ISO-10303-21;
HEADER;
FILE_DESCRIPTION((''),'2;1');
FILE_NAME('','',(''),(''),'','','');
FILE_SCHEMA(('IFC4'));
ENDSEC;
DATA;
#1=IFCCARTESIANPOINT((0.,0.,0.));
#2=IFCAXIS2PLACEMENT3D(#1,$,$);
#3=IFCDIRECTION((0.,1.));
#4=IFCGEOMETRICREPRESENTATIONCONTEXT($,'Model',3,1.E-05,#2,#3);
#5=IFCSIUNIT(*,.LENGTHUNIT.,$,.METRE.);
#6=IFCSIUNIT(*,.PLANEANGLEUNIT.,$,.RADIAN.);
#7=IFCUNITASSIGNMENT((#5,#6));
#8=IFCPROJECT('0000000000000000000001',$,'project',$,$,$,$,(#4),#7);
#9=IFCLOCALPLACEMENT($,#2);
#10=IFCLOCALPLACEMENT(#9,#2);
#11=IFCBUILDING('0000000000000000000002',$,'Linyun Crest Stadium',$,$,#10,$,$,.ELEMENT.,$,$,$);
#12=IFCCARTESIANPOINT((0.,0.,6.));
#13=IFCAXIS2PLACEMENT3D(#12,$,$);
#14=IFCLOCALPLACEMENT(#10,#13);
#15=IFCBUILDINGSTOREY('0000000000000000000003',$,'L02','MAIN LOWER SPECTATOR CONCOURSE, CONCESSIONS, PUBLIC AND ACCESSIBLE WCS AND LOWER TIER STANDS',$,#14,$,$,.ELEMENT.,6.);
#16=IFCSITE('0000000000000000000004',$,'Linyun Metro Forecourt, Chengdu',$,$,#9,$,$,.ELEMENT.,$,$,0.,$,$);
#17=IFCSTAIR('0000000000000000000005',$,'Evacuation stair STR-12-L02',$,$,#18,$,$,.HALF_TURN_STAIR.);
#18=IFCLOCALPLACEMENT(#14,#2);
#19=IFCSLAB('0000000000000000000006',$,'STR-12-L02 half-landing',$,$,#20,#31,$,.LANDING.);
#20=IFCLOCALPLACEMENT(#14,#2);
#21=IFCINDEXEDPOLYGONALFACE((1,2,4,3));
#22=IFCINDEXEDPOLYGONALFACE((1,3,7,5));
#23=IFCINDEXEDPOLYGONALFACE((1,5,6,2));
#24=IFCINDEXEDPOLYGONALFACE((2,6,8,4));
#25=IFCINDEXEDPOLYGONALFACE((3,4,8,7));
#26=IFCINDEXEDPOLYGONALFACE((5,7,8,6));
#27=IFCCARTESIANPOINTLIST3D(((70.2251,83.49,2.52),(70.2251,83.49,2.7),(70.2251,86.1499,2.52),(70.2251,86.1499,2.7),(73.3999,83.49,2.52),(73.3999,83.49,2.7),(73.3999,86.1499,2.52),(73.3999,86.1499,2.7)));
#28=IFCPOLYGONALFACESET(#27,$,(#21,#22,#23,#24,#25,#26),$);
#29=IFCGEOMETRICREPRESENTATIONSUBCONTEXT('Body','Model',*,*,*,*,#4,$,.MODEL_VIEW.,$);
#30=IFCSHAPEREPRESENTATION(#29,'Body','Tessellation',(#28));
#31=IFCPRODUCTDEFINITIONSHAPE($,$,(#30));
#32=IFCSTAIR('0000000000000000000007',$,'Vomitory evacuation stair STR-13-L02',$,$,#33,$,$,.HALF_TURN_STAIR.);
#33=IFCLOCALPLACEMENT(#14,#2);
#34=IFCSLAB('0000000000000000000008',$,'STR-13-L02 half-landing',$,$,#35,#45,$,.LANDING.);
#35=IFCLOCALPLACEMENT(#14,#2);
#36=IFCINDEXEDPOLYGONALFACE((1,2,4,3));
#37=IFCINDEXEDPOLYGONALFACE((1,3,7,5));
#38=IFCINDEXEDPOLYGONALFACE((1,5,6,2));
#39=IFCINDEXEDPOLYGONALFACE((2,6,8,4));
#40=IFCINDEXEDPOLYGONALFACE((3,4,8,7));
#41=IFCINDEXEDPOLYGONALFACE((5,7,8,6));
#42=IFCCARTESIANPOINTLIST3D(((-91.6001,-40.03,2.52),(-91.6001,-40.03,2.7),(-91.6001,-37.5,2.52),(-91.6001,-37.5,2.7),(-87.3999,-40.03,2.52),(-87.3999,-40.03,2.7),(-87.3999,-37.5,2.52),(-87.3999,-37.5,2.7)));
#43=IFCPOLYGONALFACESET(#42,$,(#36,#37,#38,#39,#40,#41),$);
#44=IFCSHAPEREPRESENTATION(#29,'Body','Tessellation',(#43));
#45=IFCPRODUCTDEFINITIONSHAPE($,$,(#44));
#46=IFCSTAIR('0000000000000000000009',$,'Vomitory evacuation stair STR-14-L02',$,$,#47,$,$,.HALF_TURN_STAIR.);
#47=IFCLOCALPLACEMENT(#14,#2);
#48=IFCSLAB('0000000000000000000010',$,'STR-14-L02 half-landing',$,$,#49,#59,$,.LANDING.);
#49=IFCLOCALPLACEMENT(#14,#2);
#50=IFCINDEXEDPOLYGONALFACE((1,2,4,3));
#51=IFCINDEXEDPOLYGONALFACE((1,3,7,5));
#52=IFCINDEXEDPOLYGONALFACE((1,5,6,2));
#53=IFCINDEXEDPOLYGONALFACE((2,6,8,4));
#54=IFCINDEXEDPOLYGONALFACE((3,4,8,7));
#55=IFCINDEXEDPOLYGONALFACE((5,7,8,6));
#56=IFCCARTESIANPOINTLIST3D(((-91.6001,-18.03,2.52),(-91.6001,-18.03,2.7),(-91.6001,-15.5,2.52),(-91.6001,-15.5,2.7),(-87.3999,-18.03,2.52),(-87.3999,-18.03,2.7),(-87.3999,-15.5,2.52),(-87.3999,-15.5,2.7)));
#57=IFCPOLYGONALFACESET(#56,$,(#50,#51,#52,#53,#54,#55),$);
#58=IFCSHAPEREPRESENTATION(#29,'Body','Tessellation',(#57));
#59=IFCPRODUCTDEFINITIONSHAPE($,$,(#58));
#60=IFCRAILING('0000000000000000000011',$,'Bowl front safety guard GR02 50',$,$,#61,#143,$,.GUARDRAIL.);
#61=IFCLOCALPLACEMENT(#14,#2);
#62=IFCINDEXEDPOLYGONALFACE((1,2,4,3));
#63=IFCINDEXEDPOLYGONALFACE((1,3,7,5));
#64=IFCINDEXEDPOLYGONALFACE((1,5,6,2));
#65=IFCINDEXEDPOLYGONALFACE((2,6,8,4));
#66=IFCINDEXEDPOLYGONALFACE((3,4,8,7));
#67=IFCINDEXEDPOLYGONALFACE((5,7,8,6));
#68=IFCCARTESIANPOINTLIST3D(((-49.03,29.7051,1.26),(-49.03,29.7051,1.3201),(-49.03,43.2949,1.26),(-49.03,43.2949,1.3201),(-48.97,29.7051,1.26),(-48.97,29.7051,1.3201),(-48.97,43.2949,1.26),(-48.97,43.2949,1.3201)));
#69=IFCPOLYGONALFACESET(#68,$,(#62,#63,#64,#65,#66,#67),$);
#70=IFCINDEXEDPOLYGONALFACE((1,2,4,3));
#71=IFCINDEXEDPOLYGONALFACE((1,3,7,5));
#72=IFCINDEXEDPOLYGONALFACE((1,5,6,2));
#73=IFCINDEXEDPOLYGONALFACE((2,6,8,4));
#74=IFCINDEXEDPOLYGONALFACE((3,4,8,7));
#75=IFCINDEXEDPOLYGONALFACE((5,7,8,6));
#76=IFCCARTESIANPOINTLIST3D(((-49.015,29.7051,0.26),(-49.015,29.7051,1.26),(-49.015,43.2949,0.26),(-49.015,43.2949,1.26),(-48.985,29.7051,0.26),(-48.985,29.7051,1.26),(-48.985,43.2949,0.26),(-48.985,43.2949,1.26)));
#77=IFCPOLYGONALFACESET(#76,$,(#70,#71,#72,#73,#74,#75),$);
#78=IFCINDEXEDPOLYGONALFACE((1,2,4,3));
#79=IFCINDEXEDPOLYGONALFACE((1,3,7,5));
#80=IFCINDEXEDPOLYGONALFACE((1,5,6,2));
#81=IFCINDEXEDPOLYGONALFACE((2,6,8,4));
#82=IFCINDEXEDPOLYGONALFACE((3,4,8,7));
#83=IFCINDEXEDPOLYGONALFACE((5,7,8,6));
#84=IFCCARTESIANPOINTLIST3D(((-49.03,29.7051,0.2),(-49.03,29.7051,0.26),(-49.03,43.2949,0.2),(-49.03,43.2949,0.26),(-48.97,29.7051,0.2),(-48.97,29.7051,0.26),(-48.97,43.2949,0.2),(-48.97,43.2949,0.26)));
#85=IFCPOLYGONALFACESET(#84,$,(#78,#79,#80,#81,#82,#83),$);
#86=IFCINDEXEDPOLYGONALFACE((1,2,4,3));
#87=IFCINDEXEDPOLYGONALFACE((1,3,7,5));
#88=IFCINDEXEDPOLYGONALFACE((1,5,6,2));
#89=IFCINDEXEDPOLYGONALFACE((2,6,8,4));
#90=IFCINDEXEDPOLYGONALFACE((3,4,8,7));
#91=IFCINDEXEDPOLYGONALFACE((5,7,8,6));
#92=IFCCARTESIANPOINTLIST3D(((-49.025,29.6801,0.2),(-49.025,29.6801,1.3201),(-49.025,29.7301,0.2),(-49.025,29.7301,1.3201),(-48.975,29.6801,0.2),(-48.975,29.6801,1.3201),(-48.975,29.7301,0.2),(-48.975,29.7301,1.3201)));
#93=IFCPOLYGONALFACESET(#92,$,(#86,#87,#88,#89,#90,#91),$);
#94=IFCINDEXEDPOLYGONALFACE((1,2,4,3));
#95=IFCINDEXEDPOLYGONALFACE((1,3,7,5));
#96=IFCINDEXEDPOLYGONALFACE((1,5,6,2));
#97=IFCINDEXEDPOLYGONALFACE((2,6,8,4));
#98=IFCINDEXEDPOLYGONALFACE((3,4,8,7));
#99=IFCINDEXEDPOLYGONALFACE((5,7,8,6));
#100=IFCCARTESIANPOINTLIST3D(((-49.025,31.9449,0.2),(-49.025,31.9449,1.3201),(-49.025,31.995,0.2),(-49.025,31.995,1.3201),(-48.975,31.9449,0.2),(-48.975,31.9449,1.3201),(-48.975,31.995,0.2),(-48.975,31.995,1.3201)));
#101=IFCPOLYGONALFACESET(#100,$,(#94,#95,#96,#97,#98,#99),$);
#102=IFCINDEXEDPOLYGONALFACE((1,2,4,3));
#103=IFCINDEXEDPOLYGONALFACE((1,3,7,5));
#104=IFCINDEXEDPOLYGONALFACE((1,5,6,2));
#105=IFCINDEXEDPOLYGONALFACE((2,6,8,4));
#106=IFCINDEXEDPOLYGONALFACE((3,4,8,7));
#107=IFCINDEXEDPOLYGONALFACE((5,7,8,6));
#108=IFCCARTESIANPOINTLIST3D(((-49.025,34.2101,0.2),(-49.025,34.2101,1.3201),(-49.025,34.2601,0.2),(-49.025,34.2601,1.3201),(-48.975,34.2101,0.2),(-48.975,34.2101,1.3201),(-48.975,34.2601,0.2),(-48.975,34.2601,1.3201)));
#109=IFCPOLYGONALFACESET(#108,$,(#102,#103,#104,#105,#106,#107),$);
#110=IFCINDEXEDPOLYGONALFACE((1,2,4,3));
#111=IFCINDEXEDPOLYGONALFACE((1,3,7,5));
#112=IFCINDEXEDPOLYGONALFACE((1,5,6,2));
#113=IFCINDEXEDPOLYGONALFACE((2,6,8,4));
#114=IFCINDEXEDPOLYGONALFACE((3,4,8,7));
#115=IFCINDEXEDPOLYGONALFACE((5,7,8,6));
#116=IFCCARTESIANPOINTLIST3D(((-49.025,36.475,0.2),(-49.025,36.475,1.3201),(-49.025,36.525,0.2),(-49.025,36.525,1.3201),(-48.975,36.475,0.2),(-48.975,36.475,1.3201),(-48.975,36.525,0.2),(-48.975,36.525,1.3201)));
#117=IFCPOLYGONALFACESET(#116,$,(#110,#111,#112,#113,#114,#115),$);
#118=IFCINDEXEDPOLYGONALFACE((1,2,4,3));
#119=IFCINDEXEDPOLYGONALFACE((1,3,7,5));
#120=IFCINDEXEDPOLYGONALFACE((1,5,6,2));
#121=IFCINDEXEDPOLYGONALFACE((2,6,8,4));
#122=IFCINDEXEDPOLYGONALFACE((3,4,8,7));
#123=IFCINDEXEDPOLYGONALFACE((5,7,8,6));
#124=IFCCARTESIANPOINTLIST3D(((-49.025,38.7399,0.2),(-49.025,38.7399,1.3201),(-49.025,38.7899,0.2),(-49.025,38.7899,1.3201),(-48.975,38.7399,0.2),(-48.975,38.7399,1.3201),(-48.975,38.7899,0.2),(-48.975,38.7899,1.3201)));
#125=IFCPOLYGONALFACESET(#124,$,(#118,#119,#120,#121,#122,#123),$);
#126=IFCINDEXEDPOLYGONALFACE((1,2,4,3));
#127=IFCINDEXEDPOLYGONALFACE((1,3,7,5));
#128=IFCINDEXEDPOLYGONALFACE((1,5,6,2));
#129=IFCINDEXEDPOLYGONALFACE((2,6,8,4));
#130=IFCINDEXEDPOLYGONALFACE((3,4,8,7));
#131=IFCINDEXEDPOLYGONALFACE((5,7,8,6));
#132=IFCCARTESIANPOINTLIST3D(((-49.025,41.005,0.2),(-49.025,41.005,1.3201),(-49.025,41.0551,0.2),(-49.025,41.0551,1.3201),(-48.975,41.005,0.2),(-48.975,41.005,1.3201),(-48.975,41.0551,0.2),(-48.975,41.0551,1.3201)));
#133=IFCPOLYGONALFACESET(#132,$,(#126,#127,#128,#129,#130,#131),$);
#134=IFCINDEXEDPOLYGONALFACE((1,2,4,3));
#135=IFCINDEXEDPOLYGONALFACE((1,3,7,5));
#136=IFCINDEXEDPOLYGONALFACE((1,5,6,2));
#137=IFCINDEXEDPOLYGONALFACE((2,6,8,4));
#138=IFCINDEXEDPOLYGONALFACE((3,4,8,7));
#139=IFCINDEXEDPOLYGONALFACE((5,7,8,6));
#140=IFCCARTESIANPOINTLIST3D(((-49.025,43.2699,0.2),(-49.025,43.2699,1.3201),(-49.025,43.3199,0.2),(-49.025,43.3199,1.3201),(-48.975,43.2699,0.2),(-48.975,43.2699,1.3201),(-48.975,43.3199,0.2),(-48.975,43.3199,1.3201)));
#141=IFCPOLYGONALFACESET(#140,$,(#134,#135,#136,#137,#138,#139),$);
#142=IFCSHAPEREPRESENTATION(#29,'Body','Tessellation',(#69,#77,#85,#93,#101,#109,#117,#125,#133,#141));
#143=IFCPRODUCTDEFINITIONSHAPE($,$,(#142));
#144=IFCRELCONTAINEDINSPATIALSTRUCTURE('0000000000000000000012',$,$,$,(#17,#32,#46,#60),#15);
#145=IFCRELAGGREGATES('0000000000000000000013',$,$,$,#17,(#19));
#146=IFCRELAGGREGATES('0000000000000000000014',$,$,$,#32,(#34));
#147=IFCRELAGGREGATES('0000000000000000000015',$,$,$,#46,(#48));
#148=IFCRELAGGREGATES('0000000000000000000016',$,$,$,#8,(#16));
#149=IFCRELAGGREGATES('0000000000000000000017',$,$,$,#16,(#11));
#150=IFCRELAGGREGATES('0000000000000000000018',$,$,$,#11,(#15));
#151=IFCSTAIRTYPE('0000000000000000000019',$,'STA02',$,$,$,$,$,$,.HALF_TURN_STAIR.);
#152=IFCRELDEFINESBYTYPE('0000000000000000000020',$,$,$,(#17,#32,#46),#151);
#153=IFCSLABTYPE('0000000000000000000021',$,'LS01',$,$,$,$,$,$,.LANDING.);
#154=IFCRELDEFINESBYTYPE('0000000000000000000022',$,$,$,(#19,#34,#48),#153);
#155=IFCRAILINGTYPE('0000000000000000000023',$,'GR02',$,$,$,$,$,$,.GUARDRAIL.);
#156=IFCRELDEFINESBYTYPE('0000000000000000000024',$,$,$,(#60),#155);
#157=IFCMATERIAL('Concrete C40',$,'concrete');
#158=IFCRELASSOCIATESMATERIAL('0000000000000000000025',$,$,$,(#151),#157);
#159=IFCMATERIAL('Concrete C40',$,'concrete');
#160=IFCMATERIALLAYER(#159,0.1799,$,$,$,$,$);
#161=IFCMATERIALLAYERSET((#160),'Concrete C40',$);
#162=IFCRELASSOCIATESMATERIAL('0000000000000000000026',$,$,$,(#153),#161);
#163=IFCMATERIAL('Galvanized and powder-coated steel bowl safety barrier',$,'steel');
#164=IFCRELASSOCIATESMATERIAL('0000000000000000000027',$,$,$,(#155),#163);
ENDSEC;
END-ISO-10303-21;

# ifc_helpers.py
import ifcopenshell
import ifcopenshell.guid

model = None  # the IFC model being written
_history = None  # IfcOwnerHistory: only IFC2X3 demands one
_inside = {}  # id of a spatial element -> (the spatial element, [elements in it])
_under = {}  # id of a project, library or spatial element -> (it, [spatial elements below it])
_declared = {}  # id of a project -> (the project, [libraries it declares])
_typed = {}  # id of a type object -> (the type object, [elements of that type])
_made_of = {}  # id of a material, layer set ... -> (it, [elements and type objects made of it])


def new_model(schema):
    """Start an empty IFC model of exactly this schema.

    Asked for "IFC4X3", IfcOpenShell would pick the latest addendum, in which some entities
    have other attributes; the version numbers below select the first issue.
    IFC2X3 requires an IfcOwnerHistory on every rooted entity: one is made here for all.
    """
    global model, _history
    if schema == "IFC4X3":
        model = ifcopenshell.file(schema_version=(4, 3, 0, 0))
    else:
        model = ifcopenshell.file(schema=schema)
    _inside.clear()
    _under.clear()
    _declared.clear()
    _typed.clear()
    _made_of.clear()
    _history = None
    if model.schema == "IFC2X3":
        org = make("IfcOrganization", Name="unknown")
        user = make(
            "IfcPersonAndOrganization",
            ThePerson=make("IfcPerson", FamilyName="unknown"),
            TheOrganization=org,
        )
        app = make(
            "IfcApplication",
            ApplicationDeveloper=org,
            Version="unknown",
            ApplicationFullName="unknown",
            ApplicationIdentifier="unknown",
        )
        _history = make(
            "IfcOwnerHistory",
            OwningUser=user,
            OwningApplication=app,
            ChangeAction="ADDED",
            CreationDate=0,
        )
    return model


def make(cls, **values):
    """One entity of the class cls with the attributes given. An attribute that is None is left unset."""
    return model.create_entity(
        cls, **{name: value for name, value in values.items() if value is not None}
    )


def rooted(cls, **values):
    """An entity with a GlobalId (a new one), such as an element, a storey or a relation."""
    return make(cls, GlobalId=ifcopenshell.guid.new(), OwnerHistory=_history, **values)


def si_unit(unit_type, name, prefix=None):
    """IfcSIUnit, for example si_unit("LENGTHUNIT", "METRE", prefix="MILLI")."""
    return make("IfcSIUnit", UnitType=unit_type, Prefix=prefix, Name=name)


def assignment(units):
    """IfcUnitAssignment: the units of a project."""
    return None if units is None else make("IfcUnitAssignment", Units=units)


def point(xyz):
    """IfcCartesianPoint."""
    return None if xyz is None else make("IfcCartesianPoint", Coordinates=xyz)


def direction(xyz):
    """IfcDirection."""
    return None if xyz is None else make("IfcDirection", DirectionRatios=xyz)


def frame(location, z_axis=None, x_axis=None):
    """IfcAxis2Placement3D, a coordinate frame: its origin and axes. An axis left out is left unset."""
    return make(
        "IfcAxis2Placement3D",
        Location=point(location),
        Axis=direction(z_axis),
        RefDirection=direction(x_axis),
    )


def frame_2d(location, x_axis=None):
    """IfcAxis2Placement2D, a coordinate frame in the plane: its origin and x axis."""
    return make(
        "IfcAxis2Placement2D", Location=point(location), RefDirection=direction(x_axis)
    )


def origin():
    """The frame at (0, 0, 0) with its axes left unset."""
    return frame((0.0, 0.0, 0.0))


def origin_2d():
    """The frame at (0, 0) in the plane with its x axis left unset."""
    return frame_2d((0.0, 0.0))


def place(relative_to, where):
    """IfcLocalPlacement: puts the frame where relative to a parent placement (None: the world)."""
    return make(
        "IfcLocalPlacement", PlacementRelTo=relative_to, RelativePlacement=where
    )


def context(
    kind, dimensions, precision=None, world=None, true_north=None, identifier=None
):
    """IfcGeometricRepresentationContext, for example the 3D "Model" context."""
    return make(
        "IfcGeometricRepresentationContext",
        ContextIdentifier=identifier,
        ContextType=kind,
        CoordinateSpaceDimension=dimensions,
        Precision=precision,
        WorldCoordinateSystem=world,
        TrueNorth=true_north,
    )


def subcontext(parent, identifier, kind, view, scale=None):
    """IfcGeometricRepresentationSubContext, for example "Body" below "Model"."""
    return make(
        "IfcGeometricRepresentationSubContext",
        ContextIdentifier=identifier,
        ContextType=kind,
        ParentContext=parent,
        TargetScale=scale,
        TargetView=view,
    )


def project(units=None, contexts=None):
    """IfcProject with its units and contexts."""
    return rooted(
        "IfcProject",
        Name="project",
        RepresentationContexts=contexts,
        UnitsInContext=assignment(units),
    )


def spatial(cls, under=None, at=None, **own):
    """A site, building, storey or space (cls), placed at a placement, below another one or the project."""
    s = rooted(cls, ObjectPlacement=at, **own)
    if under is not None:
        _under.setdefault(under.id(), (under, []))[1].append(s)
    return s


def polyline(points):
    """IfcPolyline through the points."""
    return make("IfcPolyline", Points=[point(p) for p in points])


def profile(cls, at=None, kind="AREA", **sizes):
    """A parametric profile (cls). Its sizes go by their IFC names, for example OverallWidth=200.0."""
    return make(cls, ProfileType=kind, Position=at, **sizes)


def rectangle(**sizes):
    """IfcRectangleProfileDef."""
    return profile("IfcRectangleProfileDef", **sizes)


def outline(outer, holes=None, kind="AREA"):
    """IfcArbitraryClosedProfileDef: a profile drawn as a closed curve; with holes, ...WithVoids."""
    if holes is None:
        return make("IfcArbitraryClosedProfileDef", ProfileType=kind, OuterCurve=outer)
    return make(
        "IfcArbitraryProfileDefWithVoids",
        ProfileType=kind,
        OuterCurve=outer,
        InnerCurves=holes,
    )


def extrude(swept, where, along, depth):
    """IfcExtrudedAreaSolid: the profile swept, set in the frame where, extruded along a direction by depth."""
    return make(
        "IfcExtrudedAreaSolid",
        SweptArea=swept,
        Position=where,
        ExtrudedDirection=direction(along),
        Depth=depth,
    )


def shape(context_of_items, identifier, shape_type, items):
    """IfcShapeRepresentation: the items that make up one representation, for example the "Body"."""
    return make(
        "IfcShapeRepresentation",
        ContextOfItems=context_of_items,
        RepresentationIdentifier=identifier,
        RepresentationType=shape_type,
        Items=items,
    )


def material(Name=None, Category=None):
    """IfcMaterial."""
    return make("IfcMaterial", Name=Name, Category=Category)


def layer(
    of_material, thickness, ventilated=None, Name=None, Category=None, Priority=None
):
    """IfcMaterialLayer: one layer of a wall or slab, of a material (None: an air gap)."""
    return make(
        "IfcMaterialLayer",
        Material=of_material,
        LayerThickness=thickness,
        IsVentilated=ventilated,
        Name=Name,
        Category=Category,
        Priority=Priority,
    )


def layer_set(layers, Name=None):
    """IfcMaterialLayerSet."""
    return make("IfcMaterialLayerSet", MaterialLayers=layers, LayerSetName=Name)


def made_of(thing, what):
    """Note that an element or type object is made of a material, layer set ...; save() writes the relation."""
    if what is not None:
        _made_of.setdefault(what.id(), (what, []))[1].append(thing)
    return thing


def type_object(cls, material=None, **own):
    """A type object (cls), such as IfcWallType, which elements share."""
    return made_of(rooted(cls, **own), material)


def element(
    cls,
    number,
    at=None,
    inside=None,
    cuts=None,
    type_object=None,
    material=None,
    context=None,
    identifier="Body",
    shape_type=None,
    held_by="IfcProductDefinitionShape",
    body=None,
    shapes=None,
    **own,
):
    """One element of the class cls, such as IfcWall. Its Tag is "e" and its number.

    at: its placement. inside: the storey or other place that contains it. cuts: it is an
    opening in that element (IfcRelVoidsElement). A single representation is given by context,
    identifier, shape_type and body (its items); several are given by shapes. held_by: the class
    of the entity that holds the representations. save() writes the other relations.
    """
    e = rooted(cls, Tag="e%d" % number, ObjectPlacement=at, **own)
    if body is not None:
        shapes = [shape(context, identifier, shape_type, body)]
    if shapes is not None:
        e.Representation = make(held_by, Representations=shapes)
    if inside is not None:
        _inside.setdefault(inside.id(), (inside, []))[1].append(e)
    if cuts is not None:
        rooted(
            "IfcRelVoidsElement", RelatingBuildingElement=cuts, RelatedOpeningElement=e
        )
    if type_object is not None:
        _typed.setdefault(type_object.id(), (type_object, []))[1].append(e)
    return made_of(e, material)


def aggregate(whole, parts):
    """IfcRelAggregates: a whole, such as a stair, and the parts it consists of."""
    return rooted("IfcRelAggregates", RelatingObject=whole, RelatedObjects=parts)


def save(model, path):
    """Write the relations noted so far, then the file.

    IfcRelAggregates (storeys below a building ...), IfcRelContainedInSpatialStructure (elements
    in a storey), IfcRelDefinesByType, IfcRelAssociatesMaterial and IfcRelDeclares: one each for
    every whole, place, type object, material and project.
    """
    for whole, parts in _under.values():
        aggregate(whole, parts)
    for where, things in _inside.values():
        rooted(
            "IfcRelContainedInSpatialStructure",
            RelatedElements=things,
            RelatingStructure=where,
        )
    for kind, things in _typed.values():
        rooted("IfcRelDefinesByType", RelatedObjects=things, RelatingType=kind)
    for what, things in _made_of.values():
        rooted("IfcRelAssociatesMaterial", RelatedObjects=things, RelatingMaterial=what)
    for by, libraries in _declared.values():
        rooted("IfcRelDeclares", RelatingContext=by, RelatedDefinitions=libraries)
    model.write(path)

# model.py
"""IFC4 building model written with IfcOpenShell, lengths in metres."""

from ifc_helpers import new_model, si_unit, direction, frame, origin, origin_2d, place, context, subcontext, project, spatial, polyline, rectangle, outline, extrude, material, layer, layer_set, type_object, element, aggregate, save


model = new_model("IFC4")

# Units and contexts
model_context = context("Model", 3, precision=1e-05, world=origin(), true_north=direction((0.0, 1.0)))
body_context = subcontext(model_context, "Body", "Model", "MODEL_VIEW")
ifc_project = project(units=[si_unit("LENGTHUNIT", "METRE"), si_unit("PLANEANGLEUNIT", "RADIAN")], contexts=[model_context])

# Site, building, storey
site_placement = place(None, origin())
site = spatial("IfcSite", under=ifc_project, at=site_placement, Name="Linyun Metro Forecourt, Chengdu", CompositionType="ELEMENT", RefElevation=0.0)
building_placement = place(site_placement, origin())
building = spatial("IfcBuilding", under=site, at=building_placement, Name="Linyun Crest Stadium", CompositionType="ELEMENT")
storey_placement = place(building_placement, frame((0.0, 0.0, 6.0)))
storey = spatial("IfcBuildingStorey", under=building, at=storey_placement, Name="L02", Description="MAIN LOWER SPECTATOR CONCOURSE, CONCESSIONS, PUBLIC AND ACCESSIBLE WCS AND LOWER TIER STANDS", CompositionType="ELEMENT", Elevation=6.0)

# Stairs, slabs
ifc_material_1 = material(Name="Concrete C40", Category="concrete")
stair_type = type_object("IfcStairType", Name="STA02", PredefinedType="HALF_TURN_STAIR", material=ifc_material_1)
ifc_material_2 = material(Name="Concrete C40", Category="concrete")
ifc_layer_1 = layer(ifc_material_2, 0.1799)
ifc_layer_set_1 = layer_set([ifc_layer_1], Name="Concrete C40")
slab_type_1 = type_object("IfcSlabType", Name="LS01", PredefinedType="LANDING", material=ifc_layer_set_1)
stair_1_placement = place(storey_placement, origin())
stair_1 = element("IfcStair", 1, at=stair_1_placement, inside=storey, type_object=stair_type, Name="Evacuation stair STR-12-L02", PredefinedType="HALF_TURN_STAIR")
slab_1_placement = place(storey_placement, frame((0.0, 0.0, 2.52)))
slab_1 = element("IfcSlab", 2, at=slab_1_placement, type_object=slab_type_1, Name="STR-12-L02 half-landing", PredefinedType="LANDING", context=body_context, shape_type="SweptSolid", body=[
    extrude(outline(polyline([(70.2251, 83.49), (73.3999, 83.49), (73.3999, 86.1499), (70.2251, 86.1499), (70.2251, 83.49)])), origin(), (0.0, 0.0, 1.0), 0.1799),
])
aggregate(stair_1, [slab_1])
stair_2_placement = place(storey_placement, origin())
stair_2 = element("IfcStair", 3, at=stair_2_placement, inside=storey, type_object=stair_type, Name="Vomitory evacuation stair STR-13-L02", PredefinedType="HALF_TURN_STAIR")
slab_2_placement = place(storey_placement, frame((0.0, 0.0, 2.52)))
slab_2 = element("IfcSlab", 4, at=slab_2_placement, type_object=slab_type_1, Name="STR-13-L02 half-landing", PredefinedType="LANDING", context=body_context, shape_type="SweptSolid", body=[
    extrude(outline(polyline([(-91.6001, -40.03), (-87.3999, -40.03), (-87.3999, -37.5), (-91.6001, -37.5), (-91.6001, -40.03)])), origin(), (0.0, 0.0, 1.0), 0.1799),
])
aggregate(stair_2, [slab_2])
stair_3_placement = place(storey_placement, origin())
stair_3 = element("IfcStair", 5, at=stair_3_placement, inside=storey, type_object=stair_type, Name="Vomitory evacuation stair STR-14-L02", PredefinedType="HALF_TURN_STAIR")
slab_3_placement = place(storey_placement, frame((0.0, 0.0, 2.52)))
slab_3 = element("IfcSlab", 6, at=slab_3_placement, type_object=slab_type_1, Name="STR-14-L02 half-landing", PredefinedType="LANDING", context=body_context, shape_type="SweptSolid", body=[
    extrude(outline(polyline([(-91.6001, -18.03), (-87.3999, -18.03), (-87.3999, -15.5), (-91.6001, -15.5), (-91.6001, -18.03)])), origin(), (0.0, 0.0, 1.0), 0.1799),
])
aggregate(stair_3, [slab_3])

# Railing
ifc_material_3 = material(Name="Galvanized and powder-coated steel bowl safety barrier", Category="steel")
railing_type = type_object("IfcRailingType", Name="GR02", PredefinedType="GUARDRAIL", material=ifc_material_3)
railing_placement = place(storey_placement, frame((-49.0, 29.7051, 0.2)))
element("IfcRailing", 7, at=railing_placement, inside=storey, type_object=railing_type, Name="Bowl front safety guard GR02 50", PredefinedType="GUARDRAIL", context=body_context, shape_type="SweptSolid", body=[
    extrude(rectangle(XDim=0.0601, YDim=0.0601, at=origin_2d()), frame((0.0, 0.0, 1.0901), z_axis=(0.0, 1.0, 0.0), x_axis=(-1.0, 0.0, 0.0)), (0.0, 0.0, 1.0), 13.5898),
    extrude(rectangle(XDim=0.03, YDim=1.0, at=origin_2d()), frame((0.0, 0.0, 0.5601), z_axis=(0.0, 1.0, 0.0), x_axis=(-1.0, 0.0, 0.0)), (0.0, 0.0, 1.0), 13.5898),
    extrude(rectangle(XDim=0.0601, YDim=0.0601, at=origin_2d()), frame((0.0, 0.0, 0.03), z_axis=(0.0, 1.0, 0.0), x_axis=(-1.0, 0.0, 0.0)), (0.0, 0.0, 1.0), 13.5898),
    extrude(rectangle(XDim=0.05, YDim=0.05, at=origin_2d()), origin(), (0.0, 0.0, 1.0), 1.1201),
    extrude(rectangle(XDim=0.05, YDim=0.05, at=origin_2d()), frame((0.0, 2.2649, 0.0)), (0.0, 0.0, 1.0), 1.1201),
    extrude(rectangle(XDim=0.05, YDim=0.05, at=origin_2d()), frame((0.0, 4.53, 0.0)), (0.0, 0.0, 1.0), 1.1201),
    extrude(rectangle(XDim=0.05, YDim=0.05, at=origin_2d()), frame((0.0, 6.7949, 0.0)), (0.0, 0.0, 1.0), 1.1201),
    extrude(rectangle(XDim=0.05, YDim=0.05, at=origin_2d()), frame((0.0, 9.0598, 0.0)), (0.0, 0.0, 1.0), 1.1201),
    extrude(rectangle(XDim=0.05, YDim=0.05, at=origin_2d()), frame((0.0, 11.325, 0.0)), (0.0, 0.0, 1.0), 1.1201),
    extrude(rectangle(XDim=0.05, YDim=0.05, at=origin_2d()), frame((0.0, 13.5898, 0.0)), (0.0, 0.0, 1.0), 1.1201),
])

save(model, "model.ifc")
